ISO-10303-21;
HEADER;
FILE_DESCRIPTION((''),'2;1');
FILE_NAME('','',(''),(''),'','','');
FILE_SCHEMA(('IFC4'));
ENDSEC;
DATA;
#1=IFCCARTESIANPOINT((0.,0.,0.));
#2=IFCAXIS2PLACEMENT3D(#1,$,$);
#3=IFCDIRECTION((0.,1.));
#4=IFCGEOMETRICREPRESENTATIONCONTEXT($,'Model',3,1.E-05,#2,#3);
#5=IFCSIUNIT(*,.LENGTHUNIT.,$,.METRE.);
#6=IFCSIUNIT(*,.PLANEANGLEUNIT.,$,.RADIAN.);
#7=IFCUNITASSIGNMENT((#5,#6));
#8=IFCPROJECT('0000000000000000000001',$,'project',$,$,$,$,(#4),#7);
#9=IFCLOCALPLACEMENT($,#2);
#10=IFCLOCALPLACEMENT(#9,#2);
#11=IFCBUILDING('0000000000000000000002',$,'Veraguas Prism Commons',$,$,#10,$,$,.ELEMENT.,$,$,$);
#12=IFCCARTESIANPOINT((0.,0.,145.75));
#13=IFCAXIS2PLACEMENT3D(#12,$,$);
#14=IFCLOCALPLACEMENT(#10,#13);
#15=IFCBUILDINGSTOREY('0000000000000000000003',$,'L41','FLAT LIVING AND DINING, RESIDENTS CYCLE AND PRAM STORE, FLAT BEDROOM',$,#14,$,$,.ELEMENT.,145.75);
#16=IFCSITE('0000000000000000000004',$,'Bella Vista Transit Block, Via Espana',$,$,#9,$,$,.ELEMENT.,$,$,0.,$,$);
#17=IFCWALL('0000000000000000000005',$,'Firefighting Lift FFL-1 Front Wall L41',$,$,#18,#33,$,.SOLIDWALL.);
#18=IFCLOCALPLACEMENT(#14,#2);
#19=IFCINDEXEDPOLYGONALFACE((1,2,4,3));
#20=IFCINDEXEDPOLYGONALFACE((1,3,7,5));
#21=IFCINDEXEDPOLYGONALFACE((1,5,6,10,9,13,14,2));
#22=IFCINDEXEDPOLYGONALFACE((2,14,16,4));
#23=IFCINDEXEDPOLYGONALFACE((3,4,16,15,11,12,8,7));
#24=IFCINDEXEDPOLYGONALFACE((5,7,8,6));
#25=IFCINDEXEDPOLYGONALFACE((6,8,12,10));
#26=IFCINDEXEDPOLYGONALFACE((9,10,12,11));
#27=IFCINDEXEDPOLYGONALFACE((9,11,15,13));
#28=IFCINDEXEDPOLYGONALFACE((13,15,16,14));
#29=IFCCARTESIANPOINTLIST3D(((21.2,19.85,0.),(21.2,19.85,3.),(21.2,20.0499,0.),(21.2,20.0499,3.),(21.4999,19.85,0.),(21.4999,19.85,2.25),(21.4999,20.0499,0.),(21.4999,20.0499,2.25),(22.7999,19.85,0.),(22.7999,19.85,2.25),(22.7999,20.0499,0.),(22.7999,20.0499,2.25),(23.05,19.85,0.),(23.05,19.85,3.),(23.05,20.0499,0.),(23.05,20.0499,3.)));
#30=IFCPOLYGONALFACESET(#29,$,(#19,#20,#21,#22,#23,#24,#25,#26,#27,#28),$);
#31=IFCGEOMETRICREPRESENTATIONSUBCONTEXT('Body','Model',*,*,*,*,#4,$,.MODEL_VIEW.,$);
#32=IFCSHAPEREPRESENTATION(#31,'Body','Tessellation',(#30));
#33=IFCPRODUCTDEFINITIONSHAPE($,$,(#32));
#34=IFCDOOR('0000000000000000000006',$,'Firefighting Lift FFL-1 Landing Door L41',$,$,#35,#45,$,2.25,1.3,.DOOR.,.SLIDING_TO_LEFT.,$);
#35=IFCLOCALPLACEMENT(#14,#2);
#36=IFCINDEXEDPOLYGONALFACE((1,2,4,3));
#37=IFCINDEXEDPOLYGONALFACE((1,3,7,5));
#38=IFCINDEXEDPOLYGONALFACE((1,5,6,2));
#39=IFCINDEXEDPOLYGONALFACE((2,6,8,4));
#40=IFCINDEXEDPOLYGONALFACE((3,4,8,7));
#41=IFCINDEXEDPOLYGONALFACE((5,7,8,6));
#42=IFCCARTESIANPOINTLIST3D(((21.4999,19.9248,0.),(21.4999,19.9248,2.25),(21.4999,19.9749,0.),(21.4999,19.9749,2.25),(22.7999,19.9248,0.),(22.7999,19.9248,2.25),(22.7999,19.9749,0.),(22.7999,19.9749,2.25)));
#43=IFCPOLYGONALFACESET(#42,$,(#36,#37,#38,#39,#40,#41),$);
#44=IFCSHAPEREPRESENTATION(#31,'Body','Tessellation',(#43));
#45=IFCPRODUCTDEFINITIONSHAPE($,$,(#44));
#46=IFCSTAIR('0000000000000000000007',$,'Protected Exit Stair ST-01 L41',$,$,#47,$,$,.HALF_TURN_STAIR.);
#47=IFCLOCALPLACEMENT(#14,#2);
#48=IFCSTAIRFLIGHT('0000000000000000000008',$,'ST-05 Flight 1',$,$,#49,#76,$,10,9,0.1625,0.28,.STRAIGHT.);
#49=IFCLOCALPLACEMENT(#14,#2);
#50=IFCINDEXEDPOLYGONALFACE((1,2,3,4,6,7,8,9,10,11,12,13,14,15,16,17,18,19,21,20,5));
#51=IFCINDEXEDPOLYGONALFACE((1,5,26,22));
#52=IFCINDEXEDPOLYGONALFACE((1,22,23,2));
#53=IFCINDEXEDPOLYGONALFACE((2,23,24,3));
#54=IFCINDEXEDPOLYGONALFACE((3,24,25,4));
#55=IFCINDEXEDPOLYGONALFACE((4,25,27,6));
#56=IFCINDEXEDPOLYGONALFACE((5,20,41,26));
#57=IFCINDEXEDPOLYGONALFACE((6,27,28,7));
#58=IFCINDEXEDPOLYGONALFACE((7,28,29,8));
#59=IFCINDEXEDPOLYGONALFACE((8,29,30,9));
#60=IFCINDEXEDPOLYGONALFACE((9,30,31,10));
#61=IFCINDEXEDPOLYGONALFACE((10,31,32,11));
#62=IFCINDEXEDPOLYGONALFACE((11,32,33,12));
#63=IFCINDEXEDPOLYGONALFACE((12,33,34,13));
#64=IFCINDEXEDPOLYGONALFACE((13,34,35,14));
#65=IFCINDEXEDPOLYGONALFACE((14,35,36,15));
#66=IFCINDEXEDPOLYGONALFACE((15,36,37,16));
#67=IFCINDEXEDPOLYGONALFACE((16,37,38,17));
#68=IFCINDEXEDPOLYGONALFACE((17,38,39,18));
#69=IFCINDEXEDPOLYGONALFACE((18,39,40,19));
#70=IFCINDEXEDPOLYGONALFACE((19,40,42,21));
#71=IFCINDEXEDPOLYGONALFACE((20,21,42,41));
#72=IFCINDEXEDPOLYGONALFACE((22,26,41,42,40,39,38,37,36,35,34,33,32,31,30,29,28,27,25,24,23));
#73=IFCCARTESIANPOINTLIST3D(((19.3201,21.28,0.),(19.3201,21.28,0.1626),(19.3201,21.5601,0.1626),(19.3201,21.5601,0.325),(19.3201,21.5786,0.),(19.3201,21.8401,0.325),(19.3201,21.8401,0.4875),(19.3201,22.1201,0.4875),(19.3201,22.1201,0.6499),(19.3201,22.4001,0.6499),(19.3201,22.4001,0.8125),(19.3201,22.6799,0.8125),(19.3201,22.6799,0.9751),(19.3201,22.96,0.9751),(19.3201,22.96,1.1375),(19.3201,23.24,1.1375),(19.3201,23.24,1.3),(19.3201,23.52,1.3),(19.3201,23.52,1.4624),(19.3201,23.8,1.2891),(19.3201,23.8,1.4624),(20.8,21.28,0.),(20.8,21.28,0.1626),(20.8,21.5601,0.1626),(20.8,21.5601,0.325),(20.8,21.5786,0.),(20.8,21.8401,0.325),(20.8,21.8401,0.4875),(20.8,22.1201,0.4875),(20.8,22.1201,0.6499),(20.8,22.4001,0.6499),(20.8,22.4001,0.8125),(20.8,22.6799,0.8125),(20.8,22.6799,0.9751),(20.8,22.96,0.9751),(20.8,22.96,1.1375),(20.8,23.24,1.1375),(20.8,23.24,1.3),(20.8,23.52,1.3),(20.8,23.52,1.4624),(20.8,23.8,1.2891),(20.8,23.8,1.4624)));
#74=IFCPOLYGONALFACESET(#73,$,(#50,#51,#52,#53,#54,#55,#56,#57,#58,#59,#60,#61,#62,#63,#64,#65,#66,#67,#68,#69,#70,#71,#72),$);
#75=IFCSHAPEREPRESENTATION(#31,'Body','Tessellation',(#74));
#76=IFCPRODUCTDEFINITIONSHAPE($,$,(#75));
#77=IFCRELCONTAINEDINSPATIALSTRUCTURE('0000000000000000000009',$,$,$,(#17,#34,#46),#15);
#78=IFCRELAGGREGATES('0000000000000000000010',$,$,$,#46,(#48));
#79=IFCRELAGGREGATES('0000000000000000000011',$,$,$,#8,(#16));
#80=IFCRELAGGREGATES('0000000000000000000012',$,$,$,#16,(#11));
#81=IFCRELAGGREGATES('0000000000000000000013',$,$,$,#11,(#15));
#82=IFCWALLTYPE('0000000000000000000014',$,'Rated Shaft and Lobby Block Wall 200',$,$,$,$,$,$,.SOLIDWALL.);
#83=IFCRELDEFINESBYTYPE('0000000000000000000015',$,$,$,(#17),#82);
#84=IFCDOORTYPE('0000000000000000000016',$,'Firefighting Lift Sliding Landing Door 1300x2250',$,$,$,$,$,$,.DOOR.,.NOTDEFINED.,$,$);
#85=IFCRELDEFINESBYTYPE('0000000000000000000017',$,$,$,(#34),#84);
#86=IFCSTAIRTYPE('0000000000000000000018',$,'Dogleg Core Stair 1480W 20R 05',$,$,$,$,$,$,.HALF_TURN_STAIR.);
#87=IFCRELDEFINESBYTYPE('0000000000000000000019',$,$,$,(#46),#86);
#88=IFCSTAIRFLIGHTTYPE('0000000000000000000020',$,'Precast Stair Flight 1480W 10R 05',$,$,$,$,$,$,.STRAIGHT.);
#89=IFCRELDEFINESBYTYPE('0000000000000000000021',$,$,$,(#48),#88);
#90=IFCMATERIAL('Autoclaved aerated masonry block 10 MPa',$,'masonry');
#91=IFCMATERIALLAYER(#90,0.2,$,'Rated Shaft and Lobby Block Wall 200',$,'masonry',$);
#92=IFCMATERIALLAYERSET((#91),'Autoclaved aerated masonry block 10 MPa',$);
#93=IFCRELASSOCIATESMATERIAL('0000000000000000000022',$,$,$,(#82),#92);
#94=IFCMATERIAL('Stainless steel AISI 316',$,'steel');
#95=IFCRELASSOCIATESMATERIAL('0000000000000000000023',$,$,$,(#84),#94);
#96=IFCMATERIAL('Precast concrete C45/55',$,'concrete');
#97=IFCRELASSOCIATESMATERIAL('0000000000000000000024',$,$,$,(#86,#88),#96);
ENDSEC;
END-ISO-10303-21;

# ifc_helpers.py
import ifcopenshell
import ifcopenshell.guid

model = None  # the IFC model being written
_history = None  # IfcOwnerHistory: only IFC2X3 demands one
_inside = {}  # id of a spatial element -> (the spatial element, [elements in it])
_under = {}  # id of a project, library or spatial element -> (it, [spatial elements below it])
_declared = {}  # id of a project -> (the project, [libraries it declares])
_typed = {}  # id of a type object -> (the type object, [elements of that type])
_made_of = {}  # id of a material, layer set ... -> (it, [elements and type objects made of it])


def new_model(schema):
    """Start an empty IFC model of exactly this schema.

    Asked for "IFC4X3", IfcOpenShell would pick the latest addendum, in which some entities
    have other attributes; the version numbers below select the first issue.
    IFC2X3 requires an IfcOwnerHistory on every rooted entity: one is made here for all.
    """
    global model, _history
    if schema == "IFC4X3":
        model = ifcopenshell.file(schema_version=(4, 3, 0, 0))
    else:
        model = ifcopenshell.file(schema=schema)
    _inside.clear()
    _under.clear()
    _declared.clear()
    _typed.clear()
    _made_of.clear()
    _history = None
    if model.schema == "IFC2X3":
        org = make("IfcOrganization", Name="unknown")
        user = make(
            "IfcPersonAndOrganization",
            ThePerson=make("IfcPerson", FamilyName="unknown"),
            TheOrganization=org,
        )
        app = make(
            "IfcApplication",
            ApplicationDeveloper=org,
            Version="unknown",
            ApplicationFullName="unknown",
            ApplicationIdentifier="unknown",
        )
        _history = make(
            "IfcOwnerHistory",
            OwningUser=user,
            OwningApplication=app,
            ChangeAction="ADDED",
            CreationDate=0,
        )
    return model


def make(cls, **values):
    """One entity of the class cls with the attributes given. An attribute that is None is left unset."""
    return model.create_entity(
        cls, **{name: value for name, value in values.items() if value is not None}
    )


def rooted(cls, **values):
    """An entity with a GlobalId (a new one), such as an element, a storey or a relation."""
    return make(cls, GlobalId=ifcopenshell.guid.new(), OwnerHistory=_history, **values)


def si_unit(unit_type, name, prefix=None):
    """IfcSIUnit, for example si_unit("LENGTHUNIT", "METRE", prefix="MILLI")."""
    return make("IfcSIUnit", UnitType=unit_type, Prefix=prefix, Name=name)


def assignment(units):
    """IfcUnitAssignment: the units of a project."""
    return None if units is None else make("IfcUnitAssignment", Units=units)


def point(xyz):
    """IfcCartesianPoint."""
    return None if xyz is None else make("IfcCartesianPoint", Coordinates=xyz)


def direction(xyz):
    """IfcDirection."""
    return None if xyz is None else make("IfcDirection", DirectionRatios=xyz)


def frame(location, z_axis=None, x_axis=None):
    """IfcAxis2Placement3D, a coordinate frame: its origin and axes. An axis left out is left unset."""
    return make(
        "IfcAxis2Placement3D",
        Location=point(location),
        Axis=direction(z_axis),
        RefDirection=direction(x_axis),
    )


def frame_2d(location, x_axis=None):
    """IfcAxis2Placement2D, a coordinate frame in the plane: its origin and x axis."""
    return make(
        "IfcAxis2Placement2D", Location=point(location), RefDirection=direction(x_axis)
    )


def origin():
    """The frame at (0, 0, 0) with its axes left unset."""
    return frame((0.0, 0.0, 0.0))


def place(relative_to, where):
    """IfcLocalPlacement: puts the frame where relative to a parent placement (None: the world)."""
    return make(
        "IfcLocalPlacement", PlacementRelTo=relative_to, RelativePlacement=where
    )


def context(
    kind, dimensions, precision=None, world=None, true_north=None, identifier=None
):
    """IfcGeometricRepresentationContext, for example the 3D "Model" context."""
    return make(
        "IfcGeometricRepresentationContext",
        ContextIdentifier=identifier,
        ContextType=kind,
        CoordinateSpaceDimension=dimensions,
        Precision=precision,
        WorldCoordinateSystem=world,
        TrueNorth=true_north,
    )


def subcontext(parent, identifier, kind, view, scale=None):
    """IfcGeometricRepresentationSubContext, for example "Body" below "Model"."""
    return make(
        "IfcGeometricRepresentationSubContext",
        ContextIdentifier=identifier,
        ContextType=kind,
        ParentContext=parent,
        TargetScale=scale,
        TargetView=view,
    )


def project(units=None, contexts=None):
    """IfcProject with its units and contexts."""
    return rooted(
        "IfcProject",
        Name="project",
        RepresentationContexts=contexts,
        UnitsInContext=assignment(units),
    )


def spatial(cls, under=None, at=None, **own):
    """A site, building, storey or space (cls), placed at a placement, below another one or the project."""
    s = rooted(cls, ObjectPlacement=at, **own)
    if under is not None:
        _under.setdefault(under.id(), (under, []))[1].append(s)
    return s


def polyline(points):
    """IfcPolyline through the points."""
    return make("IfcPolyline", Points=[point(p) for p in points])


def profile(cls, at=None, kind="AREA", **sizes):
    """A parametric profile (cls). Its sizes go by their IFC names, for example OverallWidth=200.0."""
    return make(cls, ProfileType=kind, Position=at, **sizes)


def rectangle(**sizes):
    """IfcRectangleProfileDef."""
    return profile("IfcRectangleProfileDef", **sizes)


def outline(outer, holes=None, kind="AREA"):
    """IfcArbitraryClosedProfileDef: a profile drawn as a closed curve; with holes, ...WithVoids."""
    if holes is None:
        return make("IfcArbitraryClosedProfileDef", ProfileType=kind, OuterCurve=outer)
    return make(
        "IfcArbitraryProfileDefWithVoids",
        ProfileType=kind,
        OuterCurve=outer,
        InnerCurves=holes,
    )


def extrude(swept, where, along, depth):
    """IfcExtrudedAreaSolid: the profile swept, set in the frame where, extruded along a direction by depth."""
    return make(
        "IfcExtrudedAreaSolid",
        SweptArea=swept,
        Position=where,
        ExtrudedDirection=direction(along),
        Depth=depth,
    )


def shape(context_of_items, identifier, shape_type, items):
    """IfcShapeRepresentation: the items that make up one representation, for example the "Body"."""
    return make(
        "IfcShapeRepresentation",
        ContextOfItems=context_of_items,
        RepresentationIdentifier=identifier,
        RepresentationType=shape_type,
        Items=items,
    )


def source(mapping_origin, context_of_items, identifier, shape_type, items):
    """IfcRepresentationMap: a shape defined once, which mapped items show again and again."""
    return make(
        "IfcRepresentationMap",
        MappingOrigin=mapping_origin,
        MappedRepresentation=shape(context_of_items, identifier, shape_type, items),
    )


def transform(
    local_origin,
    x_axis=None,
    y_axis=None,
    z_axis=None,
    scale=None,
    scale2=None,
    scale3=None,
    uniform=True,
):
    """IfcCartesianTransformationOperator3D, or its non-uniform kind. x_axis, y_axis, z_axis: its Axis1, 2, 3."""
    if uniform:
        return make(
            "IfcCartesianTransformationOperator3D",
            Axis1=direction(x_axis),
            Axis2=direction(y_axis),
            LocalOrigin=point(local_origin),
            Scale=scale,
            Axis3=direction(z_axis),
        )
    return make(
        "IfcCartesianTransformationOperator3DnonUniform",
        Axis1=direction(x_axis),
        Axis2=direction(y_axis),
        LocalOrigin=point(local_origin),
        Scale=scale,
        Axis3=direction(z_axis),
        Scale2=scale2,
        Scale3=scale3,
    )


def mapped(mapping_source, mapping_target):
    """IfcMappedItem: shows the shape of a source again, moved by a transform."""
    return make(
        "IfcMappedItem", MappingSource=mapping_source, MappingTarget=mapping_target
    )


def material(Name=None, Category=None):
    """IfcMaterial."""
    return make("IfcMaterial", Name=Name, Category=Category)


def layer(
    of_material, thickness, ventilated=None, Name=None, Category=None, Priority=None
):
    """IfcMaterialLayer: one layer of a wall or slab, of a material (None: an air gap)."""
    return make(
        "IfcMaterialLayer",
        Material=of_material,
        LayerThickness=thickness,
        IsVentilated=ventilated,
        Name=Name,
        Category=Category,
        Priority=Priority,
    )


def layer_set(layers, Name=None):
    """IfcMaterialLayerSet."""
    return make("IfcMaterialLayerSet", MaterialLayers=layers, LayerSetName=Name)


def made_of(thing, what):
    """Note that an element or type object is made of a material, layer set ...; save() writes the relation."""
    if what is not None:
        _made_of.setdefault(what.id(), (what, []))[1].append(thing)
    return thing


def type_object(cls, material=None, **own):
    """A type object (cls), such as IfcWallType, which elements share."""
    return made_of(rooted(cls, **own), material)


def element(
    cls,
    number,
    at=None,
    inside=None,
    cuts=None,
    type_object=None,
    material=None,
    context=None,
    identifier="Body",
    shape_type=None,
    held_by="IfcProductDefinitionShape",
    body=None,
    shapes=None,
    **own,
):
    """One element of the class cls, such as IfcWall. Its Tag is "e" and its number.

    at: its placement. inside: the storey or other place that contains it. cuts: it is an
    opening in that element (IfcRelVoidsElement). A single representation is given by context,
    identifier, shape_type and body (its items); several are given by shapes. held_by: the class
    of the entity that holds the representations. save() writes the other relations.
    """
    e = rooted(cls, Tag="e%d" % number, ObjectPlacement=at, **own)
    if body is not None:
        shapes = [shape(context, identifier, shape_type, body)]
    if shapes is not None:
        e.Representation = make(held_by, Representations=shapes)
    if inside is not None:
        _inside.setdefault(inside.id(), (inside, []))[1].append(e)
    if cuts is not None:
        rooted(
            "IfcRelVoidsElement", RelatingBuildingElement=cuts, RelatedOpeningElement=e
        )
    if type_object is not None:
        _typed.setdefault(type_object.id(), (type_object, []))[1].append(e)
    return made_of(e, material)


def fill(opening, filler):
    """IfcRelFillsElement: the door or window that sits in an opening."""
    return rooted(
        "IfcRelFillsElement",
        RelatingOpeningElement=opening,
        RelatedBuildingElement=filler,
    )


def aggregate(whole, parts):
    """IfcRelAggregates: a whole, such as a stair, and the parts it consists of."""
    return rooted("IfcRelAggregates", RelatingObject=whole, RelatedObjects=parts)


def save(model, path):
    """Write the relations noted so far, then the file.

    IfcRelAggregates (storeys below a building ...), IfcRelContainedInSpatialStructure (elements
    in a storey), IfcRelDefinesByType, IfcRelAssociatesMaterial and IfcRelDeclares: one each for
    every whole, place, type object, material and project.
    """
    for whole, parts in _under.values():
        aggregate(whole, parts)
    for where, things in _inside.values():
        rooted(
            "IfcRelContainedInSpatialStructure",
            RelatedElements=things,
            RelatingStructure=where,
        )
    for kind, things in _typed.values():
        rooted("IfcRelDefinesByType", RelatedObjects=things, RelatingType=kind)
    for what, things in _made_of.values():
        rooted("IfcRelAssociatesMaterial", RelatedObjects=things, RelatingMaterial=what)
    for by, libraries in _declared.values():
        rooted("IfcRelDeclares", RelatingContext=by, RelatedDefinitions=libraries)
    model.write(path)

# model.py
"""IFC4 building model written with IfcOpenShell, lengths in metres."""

from ifc_helpers import new_model, si_unit, direction, frame, frame_2d, origin, place, context, subcontext, project, spatial, polyline, rectangle, outline, extrude, source, transform, mapped, material, layer, layer_set, type_object, element, fill, aggregate, save


model = new_model("IFC4")

# Units and contexts
model_context = context("Model", 3, precision=1e-05, world=origin(), true_north=direction((0.0, 1.0)))
body_context = subcontext(model_context, "Body", "Model", "MODEL_VIEW")
ifc_project = project(units=[si_unit("LENGTHUNIT", "METRE"), si_unit("PLANEANGLEUNIT", "RADIAN")], contexts=[model_context])

# Site, building, storey
site_placement = place(None, origin())
site = spatial("IfcSite", under=ifc_project, at=site_placement, Name="Bella Vista Transit Block, Via Espana", CompositionType="ELEMENT", RefElevation=0.0)
building_placement = place(site_placement, origin())
building = spatial("IfcBuilding", under=site, at=building_placement, Name="Veraguas Prism Commons", CompositionType="ELEMENT")
storey_placement = place(building_placement, frame((0.0, 0.0, 145.75)))
storey = spatial("IfcBuildingStorey", under=building, at=storey_placement, Name="L41", Description="FLAT LIVING AND DINING, RESIDENTS CYCLE AND PRAM STORE, FLAT BEDROOM", CompositionType="ELEMENT", Elevation=145.75)

# Shared definitions
ifc_material_1 = material(Name="Autoclaved aerated masonry block 10 MPa", Category="masonry")

# Wall, opening, door
ifc_layer_1 = layer(ifc_material_1, 0.2, Name="Rated Shaft and Lobby Block Wall 200", Category="masonry")
ifc_layer_set_1 = layer_set([ifc_layer_1], Name="Autoclaved aerated masonry block 10 MPa")
wall_type_1 = type_object("IfcWallType", Name="Rated Shaft and Lobby Block Wall 200", PredefinedType="SOLIDWALL", material=ifc_layer_set_1)
wall_1_placement = place(storey_placement, frame((21.2, 19.95, 0.0), z_axis=(0.0, 0.0, 1.0), x_axis=(1.0, 0.0, 0.0)))
wall_1 = element("IfcWall", 1, at=wall_1_placement, inside=storey, type_object=wall_type_1, Name="Firefighting Lift FFL-1 Front Wall L41", PredefinedType="SOLIDWALL", context=body_context, shape_type="SweptSolid", body=[
    extrude(rectangle(XDim=1.8501, YDim=0.2, at=frame_2d((0.925, 0.0))), origin(), (0.0, 0.0, 1.0), 3.0),
])
opening_1_placement = place(wall_1_placement, frame((0.3, 0.0, 0.0)))
opening_1 = element("IfcOpeningElement", 2, at=opening_1_placement, cuts=wall_1, PredefinedType="OPENING", context=body_context, shape_type="SweptSolid", body=[
    extrude(rectangle(XDim=1.3, YDim=2.25, at=frame_2d((0.6499, 1.125))), frame((0.0, 0.1099, 0.0), z_axis=(0.0, -1.0, 0.0), x_axis=(1.0, 0.0, 0.0)), (0.0, 0.0, 1.0), 0.22),
])
ifc_material_2 = material(Name="Stainless steel AISI 316", Category="steel")
door_type_1 = type_object("IfcDoorType", Name="Firefighting Lift Sliding Landing Door 1300x2250", OperationType="NOTDEFINED", PredefinedType="DOOR", material=ifc_material_2)
shared_shape_1 = source(origin(), body_context, "Body", "SweptSolid", [
    extrude(rectangle(XDim=1.3, YDim=2.25, at=frame_2d((0.6499, 1.125))), frame((0.0, 0.0249, 0.0), z_axis=(0.0, -1.0, 0.0), x_axis=(1.0, 0.0, 0.0)), (0.0, 0.0, 1.0), 0.05),
])
door_1_placement = place(opening_1_placement, origin())
door_1 = element("IfcDoor", 3, at=door_1_placement, inside=storey, type_object=door_type_1, Name="Firefighting Lift FFL-1 Landing Door L41", OperationType="SLIDING_TO_LEFT", OverallHeight=2.25, OverallWidth=1.3, PredefinedType="DOOR", context=body_context, shape_type="MappedRepresentation", body=[
    mapped(shared_shape_1, transform((0.0, 0.0, 0.0), scale=1.0)),
])
fill(opening_1, door_1)

# Stair, stair flight
ifc_material_3 = material(Name="Precast concrete C45/55", Category="concrete")
stair_type = type_object("IfcStairType", Name="Dogleg Core Stair 1480W 20R 05", PredefinedType="HALF_TURN_STAIR", material=ifc_material_3)
stair_placement = place(storey_placement, origin())
stair = element("IfcStair", 4, at=stair_placement, inside=storey, type_object=stair_type, Name="Protected Exit Stair ST-01 L41", PredefinedType="HALF_TURN_STAIR")
stair_flight_type = type_object("IfcStairFlightType", Name="Precast Stair Flight 1480W 10R 05", PredefinedType="STRAIGHT", material=ifc_material_3)
stair_flight_placement = place(storey_placement, frame((20.0601, 21.28, 0.0), z_axis=(0.0, 0.0, 1.0), x_axis=(0.0, 1.0, 0.0)))
stair_flight = element("IfcStairFlight", 5, at=stair_flight_placement, type_object=stair_flight_type, Name="ST-05 Flight 1", NumberOfRisers=10, NumberOfTreads=9, PredefinedType="STRAIGHT", RiserHeight=0.1625, TreadLength=0.28, context=body_context, shape_type="SweptSolid", body=[
    extrude(outline(polyline([(0.0, 0.0), (0.0, 0.1626), (0.28, 0.1626), (0.28, 0.325), (0.5601, 0.325), (0.5601, 0.4875), (0.8401, 0.4875), (0.8401, 0.6499), (1.1201, 0.6499), (1.1201, 0.8125), (1.3999, 0.8125), (1.3999, 0.9751), (1.6799, 0.9751), (1.6799, 1.1375), (1.96, 1.1375), (1.96, 1.3), (2.24, 1.3), (2.24, 1.4624), (2.52, 1.4624), (2.52, 1.625), (2.52, 1.2891), (0.2986, 0.0), (0.0, 0.0)])), frame((0.0, 0.74, 0.0), z_axis=(0.0, -1.0, 0.0), x_axis=(1.0, 0.0, 0.0)), (0.0, 0.0, 1.0), 1.48),
])
aggregate(stair, [stair_flight])

save(model, "model.ifc")
